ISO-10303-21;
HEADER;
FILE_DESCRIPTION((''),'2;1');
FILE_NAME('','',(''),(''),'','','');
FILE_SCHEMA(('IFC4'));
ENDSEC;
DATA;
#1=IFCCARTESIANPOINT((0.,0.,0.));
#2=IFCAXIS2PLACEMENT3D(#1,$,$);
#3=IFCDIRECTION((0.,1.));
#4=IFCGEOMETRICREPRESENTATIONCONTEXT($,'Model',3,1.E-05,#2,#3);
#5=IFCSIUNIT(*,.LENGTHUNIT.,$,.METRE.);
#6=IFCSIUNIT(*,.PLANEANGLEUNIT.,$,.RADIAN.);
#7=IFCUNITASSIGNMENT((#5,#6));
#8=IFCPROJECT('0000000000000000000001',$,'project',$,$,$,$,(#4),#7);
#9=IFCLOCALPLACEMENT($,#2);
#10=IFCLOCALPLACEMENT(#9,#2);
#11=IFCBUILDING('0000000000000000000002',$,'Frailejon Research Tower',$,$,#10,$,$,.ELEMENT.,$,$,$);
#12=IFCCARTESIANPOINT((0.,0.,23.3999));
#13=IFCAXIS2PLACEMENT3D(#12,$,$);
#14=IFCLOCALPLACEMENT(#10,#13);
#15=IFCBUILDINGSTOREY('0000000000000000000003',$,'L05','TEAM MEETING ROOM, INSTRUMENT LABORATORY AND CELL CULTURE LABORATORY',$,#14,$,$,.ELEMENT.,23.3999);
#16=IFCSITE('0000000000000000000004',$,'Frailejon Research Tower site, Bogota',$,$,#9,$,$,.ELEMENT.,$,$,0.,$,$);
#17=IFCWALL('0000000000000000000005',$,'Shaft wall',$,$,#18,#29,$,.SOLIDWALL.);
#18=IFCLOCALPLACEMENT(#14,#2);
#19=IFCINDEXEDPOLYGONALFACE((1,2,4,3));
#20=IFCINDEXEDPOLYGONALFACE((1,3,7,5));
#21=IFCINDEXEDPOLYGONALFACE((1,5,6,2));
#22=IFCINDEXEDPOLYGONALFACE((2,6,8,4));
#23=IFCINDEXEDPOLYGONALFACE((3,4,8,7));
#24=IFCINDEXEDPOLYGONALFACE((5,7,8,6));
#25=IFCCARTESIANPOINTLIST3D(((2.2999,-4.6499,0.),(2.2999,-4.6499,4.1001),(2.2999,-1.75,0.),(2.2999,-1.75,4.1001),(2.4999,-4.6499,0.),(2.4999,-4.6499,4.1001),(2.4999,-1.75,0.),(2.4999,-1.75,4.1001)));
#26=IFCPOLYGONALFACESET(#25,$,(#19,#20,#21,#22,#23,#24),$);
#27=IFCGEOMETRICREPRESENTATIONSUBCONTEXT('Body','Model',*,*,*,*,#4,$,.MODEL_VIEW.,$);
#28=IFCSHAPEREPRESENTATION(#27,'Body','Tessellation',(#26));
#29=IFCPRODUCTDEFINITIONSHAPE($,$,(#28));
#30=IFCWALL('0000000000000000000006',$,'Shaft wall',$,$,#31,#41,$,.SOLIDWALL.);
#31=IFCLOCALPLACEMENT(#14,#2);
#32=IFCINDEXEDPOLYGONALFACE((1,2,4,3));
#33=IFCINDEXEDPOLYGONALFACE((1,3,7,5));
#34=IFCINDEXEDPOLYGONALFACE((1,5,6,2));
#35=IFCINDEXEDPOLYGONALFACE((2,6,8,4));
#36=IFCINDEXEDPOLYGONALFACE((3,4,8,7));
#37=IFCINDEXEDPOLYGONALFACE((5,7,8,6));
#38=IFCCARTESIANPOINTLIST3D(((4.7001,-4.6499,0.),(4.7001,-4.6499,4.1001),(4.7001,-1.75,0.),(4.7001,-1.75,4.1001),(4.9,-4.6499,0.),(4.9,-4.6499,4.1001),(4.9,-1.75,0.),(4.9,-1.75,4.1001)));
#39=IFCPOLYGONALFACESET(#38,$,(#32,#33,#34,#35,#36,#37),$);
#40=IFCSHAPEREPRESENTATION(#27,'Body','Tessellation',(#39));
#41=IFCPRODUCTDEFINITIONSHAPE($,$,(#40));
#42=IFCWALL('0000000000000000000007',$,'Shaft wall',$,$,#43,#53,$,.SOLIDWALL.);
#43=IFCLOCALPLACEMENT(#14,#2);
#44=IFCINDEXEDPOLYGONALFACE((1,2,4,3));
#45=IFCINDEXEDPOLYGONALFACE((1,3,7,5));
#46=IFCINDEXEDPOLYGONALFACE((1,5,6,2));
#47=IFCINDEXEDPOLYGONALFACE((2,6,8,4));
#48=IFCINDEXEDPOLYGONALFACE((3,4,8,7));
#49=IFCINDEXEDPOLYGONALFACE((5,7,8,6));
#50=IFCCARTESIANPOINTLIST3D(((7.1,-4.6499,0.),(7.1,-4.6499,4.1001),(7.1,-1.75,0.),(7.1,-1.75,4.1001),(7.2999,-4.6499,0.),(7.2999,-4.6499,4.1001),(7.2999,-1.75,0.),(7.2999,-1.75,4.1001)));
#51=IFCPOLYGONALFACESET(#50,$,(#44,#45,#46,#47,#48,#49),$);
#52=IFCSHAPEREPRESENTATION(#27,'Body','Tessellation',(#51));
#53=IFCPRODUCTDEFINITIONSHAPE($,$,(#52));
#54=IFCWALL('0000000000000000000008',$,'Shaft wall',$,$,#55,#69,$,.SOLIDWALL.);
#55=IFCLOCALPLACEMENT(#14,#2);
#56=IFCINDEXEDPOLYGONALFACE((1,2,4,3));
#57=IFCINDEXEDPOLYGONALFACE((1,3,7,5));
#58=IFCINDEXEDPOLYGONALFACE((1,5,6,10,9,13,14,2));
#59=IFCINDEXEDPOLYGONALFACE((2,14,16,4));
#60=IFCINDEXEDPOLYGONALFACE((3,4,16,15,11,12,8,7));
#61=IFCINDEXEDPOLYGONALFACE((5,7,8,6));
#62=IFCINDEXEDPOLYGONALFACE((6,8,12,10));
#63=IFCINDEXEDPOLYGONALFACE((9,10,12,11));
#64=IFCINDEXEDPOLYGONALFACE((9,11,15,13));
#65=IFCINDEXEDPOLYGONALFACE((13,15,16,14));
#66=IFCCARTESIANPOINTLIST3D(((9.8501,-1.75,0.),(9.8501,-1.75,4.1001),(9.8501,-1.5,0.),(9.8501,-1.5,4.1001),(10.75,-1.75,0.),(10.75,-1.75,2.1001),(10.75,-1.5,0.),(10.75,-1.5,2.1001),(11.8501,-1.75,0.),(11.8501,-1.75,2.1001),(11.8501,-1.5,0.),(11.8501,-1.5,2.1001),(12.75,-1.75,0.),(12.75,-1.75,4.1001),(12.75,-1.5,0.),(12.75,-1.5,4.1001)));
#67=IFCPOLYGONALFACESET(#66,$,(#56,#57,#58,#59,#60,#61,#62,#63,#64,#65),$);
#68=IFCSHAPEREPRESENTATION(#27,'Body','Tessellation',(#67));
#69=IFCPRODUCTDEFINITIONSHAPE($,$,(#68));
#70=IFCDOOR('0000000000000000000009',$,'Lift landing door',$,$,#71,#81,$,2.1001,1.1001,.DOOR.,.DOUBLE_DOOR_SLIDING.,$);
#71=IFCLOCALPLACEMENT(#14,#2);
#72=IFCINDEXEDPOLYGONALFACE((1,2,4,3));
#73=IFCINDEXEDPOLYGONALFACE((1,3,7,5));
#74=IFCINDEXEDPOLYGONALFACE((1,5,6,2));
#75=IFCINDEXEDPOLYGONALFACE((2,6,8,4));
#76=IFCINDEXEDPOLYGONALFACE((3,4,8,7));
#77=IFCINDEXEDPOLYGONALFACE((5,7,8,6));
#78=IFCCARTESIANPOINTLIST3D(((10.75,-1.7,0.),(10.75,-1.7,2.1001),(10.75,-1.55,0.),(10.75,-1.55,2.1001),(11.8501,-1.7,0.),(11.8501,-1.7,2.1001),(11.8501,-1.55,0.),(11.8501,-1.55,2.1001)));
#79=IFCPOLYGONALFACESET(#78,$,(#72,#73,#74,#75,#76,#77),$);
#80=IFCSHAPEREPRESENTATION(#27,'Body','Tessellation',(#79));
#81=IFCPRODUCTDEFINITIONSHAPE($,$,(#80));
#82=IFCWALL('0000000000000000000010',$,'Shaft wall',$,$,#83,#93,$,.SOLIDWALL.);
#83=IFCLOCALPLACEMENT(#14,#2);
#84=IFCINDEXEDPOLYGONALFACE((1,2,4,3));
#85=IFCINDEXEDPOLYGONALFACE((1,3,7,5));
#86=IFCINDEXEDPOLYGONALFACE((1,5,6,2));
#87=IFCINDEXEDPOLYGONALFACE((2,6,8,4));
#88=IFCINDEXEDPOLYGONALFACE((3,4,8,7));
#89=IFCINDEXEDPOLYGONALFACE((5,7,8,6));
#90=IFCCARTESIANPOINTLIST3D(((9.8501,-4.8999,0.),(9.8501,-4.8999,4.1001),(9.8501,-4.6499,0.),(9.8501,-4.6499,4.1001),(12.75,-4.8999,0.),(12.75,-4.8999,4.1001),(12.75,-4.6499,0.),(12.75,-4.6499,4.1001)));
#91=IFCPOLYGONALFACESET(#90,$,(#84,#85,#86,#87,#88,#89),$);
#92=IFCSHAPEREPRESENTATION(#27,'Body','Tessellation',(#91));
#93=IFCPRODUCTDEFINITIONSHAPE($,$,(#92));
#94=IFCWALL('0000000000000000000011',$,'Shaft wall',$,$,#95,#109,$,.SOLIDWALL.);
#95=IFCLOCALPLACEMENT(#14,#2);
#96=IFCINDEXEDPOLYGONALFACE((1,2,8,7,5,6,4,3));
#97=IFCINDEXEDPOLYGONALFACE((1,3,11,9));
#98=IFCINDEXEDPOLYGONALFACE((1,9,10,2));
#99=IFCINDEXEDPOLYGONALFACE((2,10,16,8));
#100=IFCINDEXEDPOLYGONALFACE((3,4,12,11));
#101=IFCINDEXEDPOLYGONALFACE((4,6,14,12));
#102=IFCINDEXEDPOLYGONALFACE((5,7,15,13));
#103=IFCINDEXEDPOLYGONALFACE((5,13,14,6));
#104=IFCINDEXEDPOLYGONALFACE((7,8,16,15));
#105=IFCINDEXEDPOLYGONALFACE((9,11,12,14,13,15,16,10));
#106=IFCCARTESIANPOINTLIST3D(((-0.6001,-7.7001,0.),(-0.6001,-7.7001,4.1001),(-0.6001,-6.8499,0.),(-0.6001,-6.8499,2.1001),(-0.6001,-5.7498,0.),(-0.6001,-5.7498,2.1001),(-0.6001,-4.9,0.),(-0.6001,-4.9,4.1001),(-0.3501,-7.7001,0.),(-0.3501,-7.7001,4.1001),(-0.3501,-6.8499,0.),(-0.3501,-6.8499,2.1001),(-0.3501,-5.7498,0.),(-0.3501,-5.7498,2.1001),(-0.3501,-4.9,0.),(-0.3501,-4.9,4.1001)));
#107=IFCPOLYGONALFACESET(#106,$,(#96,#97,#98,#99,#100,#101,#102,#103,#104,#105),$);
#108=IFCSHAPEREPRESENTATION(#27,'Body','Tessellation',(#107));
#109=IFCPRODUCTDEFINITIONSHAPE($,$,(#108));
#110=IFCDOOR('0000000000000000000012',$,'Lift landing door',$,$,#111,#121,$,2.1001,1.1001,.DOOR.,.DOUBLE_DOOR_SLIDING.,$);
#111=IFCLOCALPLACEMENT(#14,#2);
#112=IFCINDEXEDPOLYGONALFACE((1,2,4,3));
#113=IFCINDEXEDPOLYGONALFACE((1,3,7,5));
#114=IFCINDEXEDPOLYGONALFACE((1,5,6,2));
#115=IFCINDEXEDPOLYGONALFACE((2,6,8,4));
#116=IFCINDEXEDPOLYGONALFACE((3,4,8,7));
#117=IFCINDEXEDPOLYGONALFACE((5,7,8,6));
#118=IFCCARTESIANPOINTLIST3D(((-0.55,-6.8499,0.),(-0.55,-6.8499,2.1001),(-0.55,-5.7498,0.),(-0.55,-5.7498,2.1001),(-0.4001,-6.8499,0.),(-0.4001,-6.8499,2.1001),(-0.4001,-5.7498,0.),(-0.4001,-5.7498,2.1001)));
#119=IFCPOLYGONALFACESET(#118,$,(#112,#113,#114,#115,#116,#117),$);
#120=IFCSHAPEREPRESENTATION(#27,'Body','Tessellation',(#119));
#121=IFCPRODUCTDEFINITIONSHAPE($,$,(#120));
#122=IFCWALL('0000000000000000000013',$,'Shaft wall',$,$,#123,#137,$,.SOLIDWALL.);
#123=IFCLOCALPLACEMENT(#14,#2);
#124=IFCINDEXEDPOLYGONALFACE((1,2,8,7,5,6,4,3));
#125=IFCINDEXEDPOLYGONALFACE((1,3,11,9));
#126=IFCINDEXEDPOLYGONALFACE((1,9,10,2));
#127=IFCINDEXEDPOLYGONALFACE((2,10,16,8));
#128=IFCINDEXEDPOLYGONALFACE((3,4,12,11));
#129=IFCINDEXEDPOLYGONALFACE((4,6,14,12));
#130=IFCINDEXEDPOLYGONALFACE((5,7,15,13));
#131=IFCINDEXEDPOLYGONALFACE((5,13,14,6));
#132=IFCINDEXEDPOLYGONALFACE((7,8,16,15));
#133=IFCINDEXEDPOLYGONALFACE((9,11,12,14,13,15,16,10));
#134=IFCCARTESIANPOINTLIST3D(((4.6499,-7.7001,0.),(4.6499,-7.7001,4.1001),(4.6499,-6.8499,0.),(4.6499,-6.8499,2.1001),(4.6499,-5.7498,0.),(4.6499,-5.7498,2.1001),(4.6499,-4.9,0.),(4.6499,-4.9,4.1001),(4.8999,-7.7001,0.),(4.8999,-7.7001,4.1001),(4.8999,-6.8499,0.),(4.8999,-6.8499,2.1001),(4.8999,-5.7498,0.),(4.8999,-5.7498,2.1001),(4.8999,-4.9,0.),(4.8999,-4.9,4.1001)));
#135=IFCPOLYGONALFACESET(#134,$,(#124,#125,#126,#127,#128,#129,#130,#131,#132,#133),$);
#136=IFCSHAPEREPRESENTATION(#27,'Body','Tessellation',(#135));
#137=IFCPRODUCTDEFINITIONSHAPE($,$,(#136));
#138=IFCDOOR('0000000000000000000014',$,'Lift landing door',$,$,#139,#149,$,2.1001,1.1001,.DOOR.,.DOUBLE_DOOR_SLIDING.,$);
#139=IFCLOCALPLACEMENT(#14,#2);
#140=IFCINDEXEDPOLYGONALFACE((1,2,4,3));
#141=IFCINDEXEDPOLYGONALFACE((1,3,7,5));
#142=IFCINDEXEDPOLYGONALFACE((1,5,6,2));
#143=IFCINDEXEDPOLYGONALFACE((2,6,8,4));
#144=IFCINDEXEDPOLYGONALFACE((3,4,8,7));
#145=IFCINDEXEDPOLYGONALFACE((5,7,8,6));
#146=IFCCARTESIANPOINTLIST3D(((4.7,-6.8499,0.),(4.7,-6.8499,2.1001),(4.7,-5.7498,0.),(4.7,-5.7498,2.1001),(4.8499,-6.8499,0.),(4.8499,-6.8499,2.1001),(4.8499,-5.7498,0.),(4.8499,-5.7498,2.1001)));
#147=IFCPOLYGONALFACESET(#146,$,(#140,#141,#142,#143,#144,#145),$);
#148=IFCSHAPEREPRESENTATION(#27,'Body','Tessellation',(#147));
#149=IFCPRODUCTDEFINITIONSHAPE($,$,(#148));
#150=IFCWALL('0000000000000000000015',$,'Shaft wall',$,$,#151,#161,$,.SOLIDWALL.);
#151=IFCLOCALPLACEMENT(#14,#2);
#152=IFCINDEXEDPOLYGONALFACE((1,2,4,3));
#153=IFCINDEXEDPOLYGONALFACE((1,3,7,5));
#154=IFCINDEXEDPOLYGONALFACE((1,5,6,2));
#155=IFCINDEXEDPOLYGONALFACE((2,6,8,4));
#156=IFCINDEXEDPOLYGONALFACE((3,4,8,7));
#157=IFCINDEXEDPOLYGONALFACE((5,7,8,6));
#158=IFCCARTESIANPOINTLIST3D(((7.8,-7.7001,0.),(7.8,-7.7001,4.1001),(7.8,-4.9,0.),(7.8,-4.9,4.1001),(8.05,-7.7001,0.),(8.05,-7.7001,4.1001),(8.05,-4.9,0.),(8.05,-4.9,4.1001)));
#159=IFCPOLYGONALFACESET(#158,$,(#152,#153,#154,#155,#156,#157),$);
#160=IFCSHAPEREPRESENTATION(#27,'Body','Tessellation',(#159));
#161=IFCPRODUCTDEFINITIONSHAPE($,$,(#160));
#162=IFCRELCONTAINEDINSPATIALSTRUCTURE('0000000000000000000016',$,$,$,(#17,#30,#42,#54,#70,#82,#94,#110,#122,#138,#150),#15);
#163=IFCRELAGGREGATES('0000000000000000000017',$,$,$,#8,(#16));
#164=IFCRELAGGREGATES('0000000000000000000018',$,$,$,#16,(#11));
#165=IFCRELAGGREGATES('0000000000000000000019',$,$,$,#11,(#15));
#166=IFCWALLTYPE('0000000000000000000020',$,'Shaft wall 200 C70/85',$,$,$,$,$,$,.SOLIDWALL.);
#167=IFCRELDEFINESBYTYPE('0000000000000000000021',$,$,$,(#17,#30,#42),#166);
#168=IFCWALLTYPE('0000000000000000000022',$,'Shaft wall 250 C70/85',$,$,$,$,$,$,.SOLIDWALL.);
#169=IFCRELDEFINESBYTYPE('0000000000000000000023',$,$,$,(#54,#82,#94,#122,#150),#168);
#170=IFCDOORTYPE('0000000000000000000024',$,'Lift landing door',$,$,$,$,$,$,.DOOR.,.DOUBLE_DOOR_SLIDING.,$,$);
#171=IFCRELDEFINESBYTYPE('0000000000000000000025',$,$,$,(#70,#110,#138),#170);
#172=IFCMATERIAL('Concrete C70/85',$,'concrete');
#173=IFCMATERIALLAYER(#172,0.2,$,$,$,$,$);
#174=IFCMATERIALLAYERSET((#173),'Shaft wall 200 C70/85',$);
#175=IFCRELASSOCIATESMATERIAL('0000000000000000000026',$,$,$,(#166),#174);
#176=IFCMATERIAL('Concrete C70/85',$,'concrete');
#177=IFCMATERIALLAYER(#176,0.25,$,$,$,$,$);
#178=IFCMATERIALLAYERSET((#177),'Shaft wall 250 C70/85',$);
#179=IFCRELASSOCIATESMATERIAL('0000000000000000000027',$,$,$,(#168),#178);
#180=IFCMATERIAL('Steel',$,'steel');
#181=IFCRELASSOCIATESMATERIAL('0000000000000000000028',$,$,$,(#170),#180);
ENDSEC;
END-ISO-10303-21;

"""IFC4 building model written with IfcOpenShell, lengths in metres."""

from ifc_helpers import new_model, si_unit, direction, frame, frame_2d, origin, place, context, subcontext, project, spatial, rectangle, extrude, material, layer, layer_set, type_object, element, fill, save


model = new_model("IFC4")

# Units and contexts
model_context = context("Model", 3, precision=1e-05, world=origin(), true_north=direction((0.0, 1.0)))
body_context = subcontext(model_context, "Body", "Model", "MODEL_VIEW")
ifc_project = project(units=[si_unit("LENGTHUNIT", "METRE"), si_unit("PLANEANGLEUNIT", "RADIAN")], contexts=[model_context])

# Site, building, storey
site_placement = place(None, origin())
site = spatial("IfcSite", under=ifc_project, at=site_placement, Name="Frailejon Research Tower site, Bogota", CompositionType="ELEMENT", RefElevation=0.0)
building_placement = place(site_placement, origin())
building = spatial("IfcBuilding", under=site, at=building_placement, Name="Frailejon Research Tower", CompositionType="ELEMENT")
storey_placement = place(building_placement, frame((0.0, 0.0, 23.3999)))
storey = spatial("IfcBuildingStorey", under=building, at=storey_placement, Name="L05", Description="TEAM MEETING ROOM, INSTRUMENT LABORATORY AND CELL CULTURE LABORATORY", CompositionType="ELEMENT", Elevation=23.3999)

# Walls
ifc_material_1 = material(Name="Concrete C70/85", Category="concrete")
ifc_layer_1 = layer(ifc_material_1, 0.2)
ifc_layer_set_1 = layer_set([ifc_layer_1], Name="Shaft wall 200 C70/85")
wall_type_1 = type_object("IfcWallType", Name="Shaft wall 200 C70/85", PredefinedType="SOLIDWALL", material=ifc_layer_set_1)
for number, where, z_axis, x_axis, name in (
    (1, (2.3999, -4.6499, 0.0), (0.0, 0.0, 1.0), (0.0, 1.0, 0.0), "Shaft wall"),
    (2, (4.8, -4.6499, 0.0), (0.0, 0.0, 1.0), (0.0, 1.0, 0.0), "Shaft wall"),
    (3, (7.2, -4.6499, 0.0), (0.0, 0.0, 1.0), (0.0, 1.0, 0.0), "Shaft wall"),
):
    element("IfcWall", number, at=place(storey_placement, frame(where, z_axis=z_axis, x_axis=x_axis)), inside=storey, type_object=wall_type_1, Name=name, PredefinedType="SOLIDWALL", context=body_context, shape_type="SweptSolid", body=[
        extrude(rectangle(XDim=2.8999, YDim=0.2, at=frame_2d((1.45, 0.0))), origin(), (0.0, 0.0, 1.0), 4.1001),
    ])

# Wall, opening, door
ifc_material_2 = material(Name="Concrete C70/85", Category="concrete")
ifc_layer_2 = layer(ifc_material_2, 0.25)
ifc_layer_set_2 = layer_set([ifc_layer_2], Name="Shaft wall 250 C70/85")
wall_type_2 = type_object("IfcWallType", Name="Shaft wall 250 C70/85", PredefinedType="SOLIDWALL", material=ifc_layer_set_2)
wall_1_placement = place(storey_placement, frame((9.8501, -1.625, 0.0), z_axis=(0.0, 0.0, 1.0), x_axis=(1.0, 0.0, 0.0)))
wall_1 = element("IfcWall", 4, at=wall_1_placement, inside=storey, type_object=wall_type_2, Name="Shaft wall", PredefinedType="SOLIDWALL", context=body_context, shape_type="SweptSolid", body=[
    extrude(rectangle(XDim=2.8999, YDim=0.25, at=frame_2d((1.45, 0.0))), origin(), (0.0, 0.0, 1.0), 4.1001),
])
opening_1_placement = place(wall_1_placement, frame((0.8999, 0.0, 0.0)))
opening_1 = element("IfcOpeningElement", 5, at=opening_1_placement, cuts=wall_1, PredefinedType="OPENING", context=body_context, shape_type="SweptSolid", body=[
    extrude(rectangle(XDim=1.1001, YDim=2.1001, at=frame_2d((0.55, 1.05))), frame((0.0, 0.135, 0.0), z_axis=(0.0, -1.0, 0.0), x_axis=(1.0, 0.0, 0.0)), (0.0, 0.0, 1.0), 0.27),
])
ifc_material_3 = material(Name="Steel", Category="steel")
door_type_1 = type_object("IfcDoorType", Name="Lift landing door", OperationType="DOUBLE_DOOR_SLIDING", PredefinedType="DOOR", material=ifc_material_3)
door_1_placement = place(opening_1_placement, origin())
door_1 = element("IfcDoor", 6, at=door_1_placement, inside=storey, type_object=door_type_1, Name="Lift landing door", OperationType="DOUBLE_DOOR_SLIDING", OverallHeight=2.1001, OverallWidth=1.1001, PredefinedType="DOOR", context=body_context, shape_type="SweptSolid", body=[
    extrude(rectangle(XDim=1.1001, YDim=2.1001, at=frame_2d((0.55, 1.05))), frame((0.0, 0.075, 0.0), z_axis=(0.0, -1.0, 0.0), x_axis=(1.0, 0.0, 0.0)), (0.0, 0.0, 1.0), 0.1499),
])
fill(opening_1, door_1)

# Wall
wall_2_placement = place(storey_placement, frame((9.8501, -4.7749, 0.0), z_axis=(0.0, 0.0, 1.0), x_axis=(1.0, 0.0, 0.0)))
element("IfcWall", 7, at=wall_2_placement, inside=storey, type_object=wall_type_2, Name="Shaft wall", PredefinedType="SOLIDWALL", context=body_context, shape_type="SweptSolid", body=[
    extrude(rectangle(XDim=2.8999, YDim=0.25, at=frame_2d((1.45, 0.0))), origin(), (0.0, 0.0, 1.0), 4.1001),
])

# Walls, openings, doors
wall_3_placement = place(storey_placement, frame((-0.4751, -7.7, 0.0), z_axis=(0.0, 0.0, 1.0), x_axis=(0.0, 1.0, 0.0)))
wall_3 = element("IfcWall", 8, at=wall_3_placement, inside=storey, type_object=wall_type_2, Name="Shaft wall", PredefinedType="SOLIDWALL", context=body_context, shape_type="SweptSolid", body=[
    extrude(rectangle(XDim=2.8, YDim=0.25, at=frame_2d((1.3999, 0.0))), origin(), (0.0, 0.0, 1.0), 4.1001),
])
opening_2_placement = place(wall_3_placement, frame((0.8501, 0.0, 0.0)))
opening_2 = element("IfcOpeningElement", 9, at=opening_2_placement, cuts=wall_3, PredefinedType="OPENING", context=body_context, shape_type="SweptSolid", body=[
    extrude(rectangle(XDim=1.1001, YDim=2.1001, at=frame_2d((0.55, 1.05))), frame((0.0, 0.135, 0.0), z_axis=(0.0, -1.0, 0.0), x_axis=(1.0, 0.0, 0.0)), (0.0, 0.0, 1.0), 0.27),
])
door_2_placement = place(opening_2_placement, origin())
door_2 = element("IfcDoor", 10, at=door_2_placement, inside=storey, type_object=door_type_1, Name="Lift landing door", OperationType="DOUBLE_DOOR_SLIDING", OverallHeight=2.1001, OverallWidth=1.1001, PredefinedType="DOOR", context=body_context, shape_type="SweptSolid", body=[
    extrude(rectangle(XDim=1.1001, YDim=2.1001, at=frame_2d((0.55, 1.05))), frame((0.0, 0.075, 0.0), z_axis=(0.0, -1.0, 0.0), x_axis=(1.0, 0.0, 0.0)), (0.0, 0.0, 1.0), 0.1499),
])
fill(opening_2, door_2)
wall_4_placement = place(storey_placement, frame((4.7749, -7.7, 0.0), z_axis=(0.0, 0.0, 1.0), x_axis=(0.0, 1.0, 0.0)))
wall_4 = element("IfcWall", 11, at=wall_4_placement, inside=storey, type_object=wall_type_2, Name="Shaft wall", PredefinedType="SOLIDWALL", context=body_context, shape_type="SweptSolid", body=[
    extrude(rectangle(XDim=2.8, YDim=0.25, at=frame_2d((1.3999, 0.0))), origin(), (0.0, 0.0, 1.0), 4.1001),
])
opening_3_placement = place(wall_4_placement, frame((0.8501, 0.0, 0.0)))
opening_3 = element("IfcOpeningElement", 12, at=opening_3_placement, cuts=wall_4, PredefinedType="OPENING", context=body_context, shape_type="SweptSolid", body=[
    extrude(rectangle(XDim=1.1001, YDim=2.1001, at=frame_2d((0.55, 1.05))), frame((0.0, 0.135, 0.0), z_axis=(0.0, -1.0, 0.0), x_axis=(1.0, 0.0, 0.0)), (0.0, 0.0, 1.0), 0.27),
])
door_3_placement = place(opening_3_placement, origin())
door_3 = element("IfcDoor", 13, at=door_3_placement, inside=storey, type_object=door_type_1, Name="Lift landing door", OperationType="DOUBLE_DOOR_SLIDING", OverallHeight=2.1001, OverallWidth=1.1001, PredefinedType="DOOR", context=body_context, shape_type="SweptSolid", body=[
    extrude(rectangle(XDim=1.1001, YDim=2.1001, at=frame_2d((0.55, 1.05))), frame((0.0, 0.075, 0.0), z_axis=(0.0, -1.0, 0.0), x_axis=(1.0, 0.0, 0.0)), (0.0, 0.0, 1.0), 0.1499),
])
fill(opening_3, door_3)

# Wall
wall_5_placement = place(storey_placement, frame((7.925, -7.7, 0.0), z_axis=(0.0, 0.0, 1.0), x_axis=(0.0, 1.0, 0.0)))
element("IfcWall", 14, at=wall_5_placement, inside=storey, type_object=wall_type_2, Name="Shaft wall", PredefinedType="SOLIDWALL", context=body_context, shape_type="SweptSolid", body=[
    extrude(rectangle(XDim=2.8, YDim=0.25, at=frame_2d((1.3999, 0.0))), origin(), (0.0, 0.0, 1.0), 4.1001),
])

save(model, "model.ifc")
